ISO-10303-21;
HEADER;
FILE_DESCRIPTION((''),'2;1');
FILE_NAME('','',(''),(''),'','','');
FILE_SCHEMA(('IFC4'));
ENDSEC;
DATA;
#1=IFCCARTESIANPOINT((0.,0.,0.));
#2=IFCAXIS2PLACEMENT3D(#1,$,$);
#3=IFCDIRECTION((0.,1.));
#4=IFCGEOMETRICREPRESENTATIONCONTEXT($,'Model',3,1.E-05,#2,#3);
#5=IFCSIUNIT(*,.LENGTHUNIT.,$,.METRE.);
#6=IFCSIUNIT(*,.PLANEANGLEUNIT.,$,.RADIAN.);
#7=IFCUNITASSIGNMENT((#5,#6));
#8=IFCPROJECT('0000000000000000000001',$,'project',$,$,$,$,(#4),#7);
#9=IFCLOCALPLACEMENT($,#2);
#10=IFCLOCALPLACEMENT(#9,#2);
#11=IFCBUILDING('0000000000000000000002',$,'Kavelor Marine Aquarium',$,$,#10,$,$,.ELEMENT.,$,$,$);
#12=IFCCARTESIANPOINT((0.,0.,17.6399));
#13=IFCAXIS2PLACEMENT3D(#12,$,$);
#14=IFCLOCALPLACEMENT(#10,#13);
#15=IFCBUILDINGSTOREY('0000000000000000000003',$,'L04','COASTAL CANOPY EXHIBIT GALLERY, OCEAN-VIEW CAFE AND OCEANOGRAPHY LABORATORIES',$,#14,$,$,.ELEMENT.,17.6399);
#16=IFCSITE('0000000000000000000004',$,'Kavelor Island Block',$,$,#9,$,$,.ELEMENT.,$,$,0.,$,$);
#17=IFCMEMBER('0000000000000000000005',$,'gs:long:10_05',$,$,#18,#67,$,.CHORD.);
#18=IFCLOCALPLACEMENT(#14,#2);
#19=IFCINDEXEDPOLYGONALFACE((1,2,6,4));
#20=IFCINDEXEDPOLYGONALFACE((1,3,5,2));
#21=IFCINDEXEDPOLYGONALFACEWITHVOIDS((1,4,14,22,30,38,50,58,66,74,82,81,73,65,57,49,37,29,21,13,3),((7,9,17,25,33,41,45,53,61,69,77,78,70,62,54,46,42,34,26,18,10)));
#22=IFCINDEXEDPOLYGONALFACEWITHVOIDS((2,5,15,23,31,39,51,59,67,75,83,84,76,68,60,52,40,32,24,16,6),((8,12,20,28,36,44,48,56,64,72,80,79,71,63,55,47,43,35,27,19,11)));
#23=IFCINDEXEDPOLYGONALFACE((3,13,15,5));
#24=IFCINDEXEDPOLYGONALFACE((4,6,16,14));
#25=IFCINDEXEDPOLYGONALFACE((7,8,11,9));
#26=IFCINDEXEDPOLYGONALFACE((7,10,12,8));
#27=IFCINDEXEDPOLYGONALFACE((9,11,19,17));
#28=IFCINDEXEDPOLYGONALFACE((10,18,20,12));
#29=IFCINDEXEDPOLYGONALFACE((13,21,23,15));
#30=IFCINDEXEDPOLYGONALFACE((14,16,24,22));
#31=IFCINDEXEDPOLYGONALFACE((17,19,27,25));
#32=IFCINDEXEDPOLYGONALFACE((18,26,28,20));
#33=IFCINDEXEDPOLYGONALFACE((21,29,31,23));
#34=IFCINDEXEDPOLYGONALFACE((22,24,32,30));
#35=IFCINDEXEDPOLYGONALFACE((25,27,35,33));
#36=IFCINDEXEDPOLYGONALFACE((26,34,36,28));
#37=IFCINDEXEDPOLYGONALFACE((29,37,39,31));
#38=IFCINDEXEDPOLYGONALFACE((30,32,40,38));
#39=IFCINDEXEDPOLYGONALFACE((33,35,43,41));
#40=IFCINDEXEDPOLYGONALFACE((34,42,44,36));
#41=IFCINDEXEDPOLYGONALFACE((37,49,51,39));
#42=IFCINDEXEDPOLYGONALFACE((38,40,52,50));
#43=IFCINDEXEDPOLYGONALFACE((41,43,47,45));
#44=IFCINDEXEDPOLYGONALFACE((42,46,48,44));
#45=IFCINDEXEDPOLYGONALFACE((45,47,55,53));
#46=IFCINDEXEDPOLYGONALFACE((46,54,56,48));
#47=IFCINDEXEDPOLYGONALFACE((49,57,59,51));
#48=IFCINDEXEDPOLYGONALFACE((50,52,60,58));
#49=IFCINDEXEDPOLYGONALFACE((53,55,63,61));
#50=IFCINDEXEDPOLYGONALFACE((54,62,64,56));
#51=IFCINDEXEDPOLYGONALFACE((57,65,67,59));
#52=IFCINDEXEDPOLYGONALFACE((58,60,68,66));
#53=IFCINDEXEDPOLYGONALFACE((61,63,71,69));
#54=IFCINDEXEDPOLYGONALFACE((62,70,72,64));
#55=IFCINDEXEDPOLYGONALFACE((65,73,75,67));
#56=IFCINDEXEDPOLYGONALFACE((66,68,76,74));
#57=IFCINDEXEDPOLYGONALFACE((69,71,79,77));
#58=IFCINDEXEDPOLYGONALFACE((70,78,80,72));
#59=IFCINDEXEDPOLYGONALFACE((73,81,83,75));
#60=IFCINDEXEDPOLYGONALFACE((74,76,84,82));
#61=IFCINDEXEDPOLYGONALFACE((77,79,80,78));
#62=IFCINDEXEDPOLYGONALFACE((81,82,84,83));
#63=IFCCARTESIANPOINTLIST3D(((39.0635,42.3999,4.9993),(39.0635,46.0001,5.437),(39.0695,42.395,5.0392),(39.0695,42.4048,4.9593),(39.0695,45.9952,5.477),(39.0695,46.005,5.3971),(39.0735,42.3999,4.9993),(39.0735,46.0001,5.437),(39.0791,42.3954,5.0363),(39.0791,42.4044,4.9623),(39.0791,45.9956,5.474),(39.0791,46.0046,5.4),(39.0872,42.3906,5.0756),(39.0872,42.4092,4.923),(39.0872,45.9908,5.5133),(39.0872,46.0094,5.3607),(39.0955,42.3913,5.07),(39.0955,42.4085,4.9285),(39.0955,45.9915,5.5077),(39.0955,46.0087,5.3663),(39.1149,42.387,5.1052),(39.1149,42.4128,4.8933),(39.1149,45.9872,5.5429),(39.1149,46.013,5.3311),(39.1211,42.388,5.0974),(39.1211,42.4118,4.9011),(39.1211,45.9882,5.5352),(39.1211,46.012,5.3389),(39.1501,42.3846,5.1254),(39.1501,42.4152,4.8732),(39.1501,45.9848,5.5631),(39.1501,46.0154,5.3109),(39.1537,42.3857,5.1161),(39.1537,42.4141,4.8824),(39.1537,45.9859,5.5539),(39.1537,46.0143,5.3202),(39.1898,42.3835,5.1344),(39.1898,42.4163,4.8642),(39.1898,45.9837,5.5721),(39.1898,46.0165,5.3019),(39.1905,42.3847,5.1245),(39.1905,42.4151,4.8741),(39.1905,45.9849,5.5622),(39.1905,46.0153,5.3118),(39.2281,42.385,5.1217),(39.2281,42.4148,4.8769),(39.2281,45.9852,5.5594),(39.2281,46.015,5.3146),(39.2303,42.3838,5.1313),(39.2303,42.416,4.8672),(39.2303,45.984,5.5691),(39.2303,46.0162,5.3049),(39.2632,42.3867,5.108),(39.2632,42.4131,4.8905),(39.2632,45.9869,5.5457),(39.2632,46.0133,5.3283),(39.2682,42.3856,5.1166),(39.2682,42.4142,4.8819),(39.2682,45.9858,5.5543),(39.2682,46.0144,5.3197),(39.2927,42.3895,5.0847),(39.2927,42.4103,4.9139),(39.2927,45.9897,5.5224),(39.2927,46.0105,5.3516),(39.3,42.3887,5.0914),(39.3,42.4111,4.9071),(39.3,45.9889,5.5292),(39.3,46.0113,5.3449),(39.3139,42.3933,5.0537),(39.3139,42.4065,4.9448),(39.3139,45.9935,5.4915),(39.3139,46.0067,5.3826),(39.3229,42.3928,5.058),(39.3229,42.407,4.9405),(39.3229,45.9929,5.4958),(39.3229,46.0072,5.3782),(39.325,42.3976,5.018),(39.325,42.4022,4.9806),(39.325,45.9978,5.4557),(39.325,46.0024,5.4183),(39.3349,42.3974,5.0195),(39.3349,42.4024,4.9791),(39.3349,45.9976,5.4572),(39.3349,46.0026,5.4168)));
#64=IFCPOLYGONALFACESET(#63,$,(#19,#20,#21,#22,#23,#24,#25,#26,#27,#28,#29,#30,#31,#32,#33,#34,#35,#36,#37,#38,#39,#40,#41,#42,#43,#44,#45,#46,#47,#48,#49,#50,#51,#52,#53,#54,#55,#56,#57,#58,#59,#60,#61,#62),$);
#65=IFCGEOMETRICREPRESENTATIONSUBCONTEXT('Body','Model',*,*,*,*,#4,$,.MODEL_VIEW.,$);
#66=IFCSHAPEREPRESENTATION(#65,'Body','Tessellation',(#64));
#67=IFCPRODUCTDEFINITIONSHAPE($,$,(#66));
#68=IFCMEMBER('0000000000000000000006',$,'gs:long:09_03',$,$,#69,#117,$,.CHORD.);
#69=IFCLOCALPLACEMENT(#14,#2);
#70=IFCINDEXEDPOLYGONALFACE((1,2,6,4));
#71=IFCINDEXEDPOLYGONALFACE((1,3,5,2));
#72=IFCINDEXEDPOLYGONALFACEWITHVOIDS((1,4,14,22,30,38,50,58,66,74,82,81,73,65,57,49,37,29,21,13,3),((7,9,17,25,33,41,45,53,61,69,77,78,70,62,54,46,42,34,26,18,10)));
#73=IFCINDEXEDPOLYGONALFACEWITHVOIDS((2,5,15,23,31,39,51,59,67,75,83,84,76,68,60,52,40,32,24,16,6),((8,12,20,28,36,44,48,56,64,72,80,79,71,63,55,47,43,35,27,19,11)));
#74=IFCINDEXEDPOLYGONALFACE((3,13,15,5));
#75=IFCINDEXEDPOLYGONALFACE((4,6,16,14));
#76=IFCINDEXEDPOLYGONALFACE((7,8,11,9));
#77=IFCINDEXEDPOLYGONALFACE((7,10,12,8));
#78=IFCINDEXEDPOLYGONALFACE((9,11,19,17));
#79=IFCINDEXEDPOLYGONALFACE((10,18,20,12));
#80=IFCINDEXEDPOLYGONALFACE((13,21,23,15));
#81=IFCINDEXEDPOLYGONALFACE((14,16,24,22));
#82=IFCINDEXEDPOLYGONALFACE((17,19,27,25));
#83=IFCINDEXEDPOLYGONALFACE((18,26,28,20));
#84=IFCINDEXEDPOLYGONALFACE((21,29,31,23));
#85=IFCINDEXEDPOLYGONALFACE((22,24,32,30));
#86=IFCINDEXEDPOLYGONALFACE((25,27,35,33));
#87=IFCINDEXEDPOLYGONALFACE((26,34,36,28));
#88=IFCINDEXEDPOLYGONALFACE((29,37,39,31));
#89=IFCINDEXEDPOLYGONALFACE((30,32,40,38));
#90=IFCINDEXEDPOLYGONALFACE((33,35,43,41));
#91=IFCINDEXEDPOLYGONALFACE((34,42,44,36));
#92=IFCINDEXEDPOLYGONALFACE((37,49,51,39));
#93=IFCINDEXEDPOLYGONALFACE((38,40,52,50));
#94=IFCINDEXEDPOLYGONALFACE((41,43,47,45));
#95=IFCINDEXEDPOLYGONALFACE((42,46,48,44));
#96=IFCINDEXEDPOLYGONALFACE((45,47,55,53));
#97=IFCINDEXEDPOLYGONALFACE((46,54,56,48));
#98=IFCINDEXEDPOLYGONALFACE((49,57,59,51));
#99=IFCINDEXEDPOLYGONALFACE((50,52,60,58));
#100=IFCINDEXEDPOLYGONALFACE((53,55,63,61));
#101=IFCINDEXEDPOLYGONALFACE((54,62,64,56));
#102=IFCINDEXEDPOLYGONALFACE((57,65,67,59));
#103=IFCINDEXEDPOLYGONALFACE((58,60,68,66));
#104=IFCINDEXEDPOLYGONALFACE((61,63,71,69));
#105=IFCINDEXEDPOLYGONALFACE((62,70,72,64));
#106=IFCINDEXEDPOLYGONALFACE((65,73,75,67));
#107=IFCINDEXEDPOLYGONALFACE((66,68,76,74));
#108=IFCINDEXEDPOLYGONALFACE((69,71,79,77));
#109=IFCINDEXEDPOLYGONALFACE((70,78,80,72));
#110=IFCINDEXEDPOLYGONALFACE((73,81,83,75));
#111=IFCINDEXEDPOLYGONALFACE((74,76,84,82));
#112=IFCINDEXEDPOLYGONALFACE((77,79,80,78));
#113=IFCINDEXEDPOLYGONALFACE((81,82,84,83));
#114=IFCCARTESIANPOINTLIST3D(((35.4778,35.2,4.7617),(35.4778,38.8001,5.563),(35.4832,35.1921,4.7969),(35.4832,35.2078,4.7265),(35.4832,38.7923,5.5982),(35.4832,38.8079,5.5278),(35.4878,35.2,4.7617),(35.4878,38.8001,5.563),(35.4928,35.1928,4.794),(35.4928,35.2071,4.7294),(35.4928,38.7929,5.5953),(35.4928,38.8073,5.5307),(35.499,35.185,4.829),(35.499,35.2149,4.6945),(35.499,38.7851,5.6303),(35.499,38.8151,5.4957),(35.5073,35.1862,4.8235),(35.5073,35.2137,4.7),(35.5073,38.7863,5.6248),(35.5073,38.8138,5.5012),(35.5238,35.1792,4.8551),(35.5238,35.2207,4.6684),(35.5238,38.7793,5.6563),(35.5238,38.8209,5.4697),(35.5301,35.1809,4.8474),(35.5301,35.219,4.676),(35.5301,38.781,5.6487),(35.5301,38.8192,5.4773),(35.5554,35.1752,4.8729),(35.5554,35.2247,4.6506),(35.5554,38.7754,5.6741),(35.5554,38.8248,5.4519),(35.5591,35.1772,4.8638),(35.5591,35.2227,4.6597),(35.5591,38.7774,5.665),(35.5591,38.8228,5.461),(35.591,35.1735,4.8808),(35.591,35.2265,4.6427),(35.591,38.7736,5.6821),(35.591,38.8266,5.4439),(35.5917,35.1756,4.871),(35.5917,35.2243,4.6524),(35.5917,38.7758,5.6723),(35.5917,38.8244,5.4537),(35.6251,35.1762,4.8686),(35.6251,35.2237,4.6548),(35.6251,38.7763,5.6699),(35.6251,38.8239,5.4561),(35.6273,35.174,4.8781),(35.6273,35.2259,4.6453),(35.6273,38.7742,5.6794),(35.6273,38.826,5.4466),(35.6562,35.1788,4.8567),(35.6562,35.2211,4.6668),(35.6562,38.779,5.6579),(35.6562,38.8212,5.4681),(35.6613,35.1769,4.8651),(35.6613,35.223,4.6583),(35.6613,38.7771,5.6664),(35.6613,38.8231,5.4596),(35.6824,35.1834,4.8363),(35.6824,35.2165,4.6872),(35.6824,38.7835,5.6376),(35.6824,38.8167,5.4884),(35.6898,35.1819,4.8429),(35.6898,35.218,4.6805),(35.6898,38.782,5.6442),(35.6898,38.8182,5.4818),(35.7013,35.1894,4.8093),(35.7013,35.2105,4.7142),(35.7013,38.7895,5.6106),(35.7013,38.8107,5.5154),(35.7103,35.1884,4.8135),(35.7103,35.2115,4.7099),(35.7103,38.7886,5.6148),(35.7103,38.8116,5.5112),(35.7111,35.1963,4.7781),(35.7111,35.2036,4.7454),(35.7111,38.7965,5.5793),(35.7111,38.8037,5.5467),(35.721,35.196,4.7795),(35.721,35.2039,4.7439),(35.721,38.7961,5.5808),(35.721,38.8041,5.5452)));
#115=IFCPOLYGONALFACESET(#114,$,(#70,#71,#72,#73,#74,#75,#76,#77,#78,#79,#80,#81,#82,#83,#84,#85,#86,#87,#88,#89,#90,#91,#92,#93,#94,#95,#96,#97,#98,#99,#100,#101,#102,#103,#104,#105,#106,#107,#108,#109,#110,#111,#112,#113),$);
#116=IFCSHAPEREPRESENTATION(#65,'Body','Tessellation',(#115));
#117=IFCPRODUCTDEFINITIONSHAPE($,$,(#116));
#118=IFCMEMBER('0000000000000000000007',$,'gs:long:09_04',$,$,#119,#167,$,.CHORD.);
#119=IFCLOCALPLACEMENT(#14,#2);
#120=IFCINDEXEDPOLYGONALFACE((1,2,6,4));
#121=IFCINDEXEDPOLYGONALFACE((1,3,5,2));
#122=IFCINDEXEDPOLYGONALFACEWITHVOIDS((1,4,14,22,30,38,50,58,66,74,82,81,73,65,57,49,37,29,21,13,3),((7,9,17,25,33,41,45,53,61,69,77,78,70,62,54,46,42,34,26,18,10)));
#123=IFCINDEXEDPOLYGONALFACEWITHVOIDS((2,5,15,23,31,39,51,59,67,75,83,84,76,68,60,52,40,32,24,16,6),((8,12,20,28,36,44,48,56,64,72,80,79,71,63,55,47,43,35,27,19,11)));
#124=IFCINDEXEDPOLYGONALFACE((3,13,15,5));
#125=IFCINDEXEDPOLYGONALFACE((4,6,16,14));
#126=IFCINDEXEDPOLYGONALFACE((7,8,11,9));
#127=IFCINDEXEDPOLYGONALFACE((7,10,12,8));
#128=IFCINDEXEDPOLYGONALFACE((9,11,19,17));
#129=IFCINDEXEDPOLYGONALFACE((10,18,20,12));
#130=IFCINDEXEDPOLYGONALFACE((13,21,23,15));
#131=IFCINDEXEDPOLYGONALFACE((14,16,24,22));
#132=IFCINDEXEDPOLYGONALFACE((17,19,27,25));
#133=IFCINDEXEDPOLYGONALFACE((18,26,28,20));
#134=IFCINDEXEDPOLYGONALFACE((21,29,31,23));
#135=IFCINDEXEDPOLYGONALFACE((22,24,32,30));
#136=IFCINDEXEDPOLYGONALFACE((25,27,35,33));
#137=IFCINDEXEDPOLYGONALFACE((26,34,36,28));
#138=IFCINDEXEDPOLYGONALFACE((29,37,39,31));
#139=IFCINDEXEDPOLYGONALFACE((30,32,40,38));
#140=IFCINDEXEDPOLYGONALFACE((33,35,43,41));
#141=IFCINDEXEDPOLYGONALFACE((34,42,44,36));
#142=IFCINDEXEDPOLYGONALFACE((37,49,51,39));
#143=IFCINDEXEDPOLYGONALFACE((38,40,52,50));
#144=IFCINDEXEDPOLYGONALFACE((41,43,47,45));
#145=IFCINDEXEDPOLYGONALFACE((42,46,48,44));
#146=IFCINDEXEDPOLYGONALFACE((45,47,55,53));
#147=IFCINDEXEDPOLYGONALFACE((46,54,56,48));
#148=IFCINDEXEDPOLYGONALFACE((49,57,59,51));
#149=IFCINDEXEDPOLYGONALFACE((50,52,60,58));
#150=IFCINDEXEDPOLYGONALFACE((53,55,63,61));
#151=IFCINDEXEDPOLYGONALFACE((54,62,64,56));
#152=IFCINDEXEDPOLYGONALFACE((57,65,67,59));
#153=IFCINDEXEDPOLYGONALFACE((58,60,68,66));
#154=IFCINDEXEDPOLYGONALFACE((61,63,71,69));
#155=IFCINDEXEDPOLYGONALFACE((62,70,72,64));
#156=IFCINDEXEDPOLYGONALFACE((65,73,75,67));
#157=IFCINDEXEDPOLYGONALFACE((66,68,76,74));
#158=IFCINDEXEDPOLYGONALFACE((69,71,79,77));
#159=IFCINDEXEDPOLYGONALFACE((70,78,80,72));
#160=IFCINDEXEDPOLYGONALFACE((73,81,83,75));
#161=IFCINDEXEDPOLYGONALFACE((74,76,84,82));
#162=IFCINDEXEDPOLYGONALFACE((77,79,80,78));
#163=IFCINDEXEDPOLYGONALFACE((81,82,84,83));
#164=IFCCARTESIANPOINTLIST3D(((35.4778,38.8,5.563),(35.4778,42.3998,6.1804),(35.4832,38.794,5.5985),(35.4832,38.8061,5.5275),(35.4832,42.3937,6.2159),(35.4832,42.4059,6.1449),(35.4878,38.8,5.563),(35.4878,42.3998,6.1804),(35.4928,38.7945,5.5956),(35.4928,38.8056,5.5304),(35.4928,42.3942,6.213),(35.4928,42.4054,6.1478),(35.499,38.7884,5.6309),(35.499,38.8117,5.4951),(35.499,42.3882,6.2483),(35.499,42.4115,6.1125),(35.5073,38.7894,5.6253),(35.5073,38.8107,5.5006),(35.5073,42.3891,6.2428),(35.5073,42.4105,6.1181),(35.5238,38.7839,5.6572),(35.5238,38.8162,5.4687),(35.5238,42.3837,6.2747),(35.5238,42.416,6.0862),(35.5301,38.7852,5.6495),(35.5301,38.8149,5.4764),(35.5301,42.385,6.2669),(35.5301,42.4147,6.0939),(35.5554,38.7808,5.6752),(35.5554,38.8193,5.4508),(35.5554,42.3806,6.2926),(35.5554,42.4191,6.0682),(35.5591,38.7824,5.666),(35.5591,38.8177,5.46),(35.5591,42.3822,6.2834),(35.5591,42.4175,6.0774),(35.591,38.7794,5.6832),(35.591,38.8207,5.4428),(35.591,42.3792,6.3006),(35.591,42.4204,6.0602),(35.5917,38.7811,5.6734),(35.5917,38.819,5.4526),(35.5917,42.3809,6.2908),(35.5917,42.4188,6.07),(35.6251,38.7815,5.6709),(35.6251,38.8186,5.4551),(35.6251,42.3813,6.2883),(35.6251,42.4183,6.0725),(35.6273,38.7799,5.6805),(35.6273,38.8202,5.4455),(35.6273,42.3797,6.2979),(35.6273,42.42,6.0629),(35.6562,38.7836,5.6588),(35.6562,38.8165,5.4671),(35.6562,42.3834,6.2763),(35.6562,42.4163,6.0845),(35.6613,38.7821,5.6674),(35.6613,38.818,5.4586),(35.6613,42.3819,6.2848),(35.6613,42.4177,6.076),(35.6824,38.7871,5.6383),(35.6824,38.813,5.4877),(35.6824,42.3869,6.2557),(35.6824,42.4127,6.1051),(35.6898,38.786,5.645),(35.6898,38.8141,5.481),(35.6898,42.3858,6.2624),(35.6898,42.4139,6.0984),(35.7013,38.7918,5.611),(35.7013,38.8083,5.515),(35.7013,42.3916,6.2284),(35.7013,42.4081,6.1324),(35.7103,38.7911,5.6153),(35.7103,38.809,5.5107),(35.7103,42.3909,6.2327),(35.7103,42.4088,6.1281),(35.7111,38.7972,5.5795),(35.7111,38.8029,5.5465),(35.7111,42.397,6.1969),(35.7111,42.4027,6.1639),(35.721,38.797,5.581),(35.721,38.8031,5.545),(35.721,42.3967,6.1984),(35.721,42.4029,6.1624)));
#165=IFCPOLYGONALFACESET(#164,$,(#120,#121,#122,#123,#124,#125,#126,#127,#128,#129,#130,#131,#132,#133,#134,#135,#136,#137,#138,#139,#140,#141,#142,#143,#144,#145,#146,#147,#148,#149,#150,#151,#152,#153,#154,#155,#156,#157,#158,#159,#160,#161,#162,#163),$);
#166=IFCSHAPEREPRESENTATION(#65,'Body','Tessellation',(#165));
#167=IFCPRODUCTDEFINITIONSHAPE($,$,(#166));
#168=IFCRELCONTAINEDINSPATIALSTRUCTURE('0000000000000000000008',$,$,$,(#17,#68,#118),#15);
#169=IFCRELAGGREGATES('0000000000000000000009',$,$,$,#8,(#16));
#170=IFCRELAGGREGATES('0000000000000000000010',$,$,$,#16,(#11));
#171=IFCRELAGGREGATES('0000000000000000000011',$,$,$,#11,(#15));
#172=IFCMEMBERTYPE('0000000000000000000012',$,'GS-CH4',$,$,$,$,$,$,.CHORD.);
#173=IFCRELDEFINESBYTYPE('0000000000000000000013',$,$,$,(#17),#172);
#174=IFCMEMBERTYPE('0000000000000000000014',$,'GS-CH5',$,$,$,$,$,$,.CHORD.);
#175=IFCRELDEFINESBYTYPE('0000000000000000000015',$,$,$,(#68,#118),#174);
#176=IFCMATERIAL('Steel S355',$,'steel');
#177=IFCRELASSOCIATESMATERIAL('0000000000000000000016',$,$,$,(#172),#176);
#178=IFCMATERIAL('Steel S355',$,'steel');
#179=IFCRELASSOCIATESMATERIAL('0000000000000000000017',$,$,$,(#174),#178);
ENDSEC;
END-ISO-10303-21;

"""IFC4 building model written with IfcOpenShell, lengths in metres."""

from ifc_helpers import new_model, si_unit, direction, frame, origin, origin_2d, place, context, subcontext, project, spatial, hollow_circle, extrude, material, material_profile, profile_set, type_object, element, save


model = new_model("IFC4")

# Units and contexts
model_context = context("Model", 3, precision=1e-05, world=origin(), true_north=direction((0.0, 1.0)))
body_context = subcontext(model_context, "Body", "Model", "MODEL_VIEW")
ifc_project = project(units=[si_unit("LENGTHUNIT", "METRE"), si_unit("PLANEANGLEUNIT", "RADIAN")], contexts=[model_context])

# Site, building, storey
site_placement = place(None, origin())
site = spatial("IfcSite", under=ifc_project, at=site_placement, Name="Kavelor Island Block", CompositionType="ELEMENT", RefElevation=0.0)
building_placement = place(site_placement, origin())
building = spatial("IfcBuilding", under=site, at=building_placement, Name="Kavelor Marine Aquarium", CompositionType="ELEMENT")
storey_placement = place(building_placement, frame((0.0, 0.0, 17.6399)))
storey = spatial("IfcBuildingStorey", under=building, at=storey_placement, Name="L04", Description="COASTAL CANOPY EXHIBIT GALLERY, OCEAN-VIEW CAFE AND OCEANOGRAPHY LABORATORIES", CompositionType="ELEMENT", Elevation=17.6399)

# Members
ifc_material_1 = material(Name="Steel S355", Category="steel")
ifc_material_profile_1 = material_profile(ifc_material_1, hollow_circle(Radius=0.1365, WallThickness=0.01, at=origin_2d()), Name="CHS 273.0x10.0")
ifc_profile_set_1 = profile_set([ifc_material_profile_1], Name="Steel S355")
member_type_1 = type_object("IfcMemberType", Name="GS-CH4", PredefinedType="CHORD", material=ifc_profile_set_1)
member_1_placement = place(storey_placement, frame((39.2, 42.3999, 4.9993), z_axis=(0.0, 0.992689, 0.120703), x_axis=(-1.0, 0.0, 0.0)))
element("IfcMember", 1, at=member_1_placement, inside=storey, type_object=member_type_1, Name="gs:long:10_05", PredefinedType="CHORD", context=body_context, shape_type="SweptSolid", body=[
    extrude(hollow_circle(Radius=0.1365, WallThickness=0.01, at=origin_2d()), origin(), (0.0, 0.0, 1.0), 3.6267),
])
ifc_material_2 = material(Name="Steel S355", Category="steel")
ifc_material_profile_2 = material_profile(ifc_material_2, hollow_circle(Radius=0.1223, WallThickness=0.01, at=origin_2d()), Name="CHS 244.5x10.0")
ifc_profile_set_2 = profile_set([ifc_material_profile_2], Name="Steel S355")
member_type_2 = type_object("IfcMemberType", Name="GS-CH5", PredefinedType="CHORD", material=ifc_profile_set_2)
member_2_placement = place(storey_placement, frame((35.6001, 35.2, 4.7617), z_axis=(0.0, 0.976115, 0.217253), x_axis=(-1.0, 0.0, 0.0)))
element("IfcMember", 2, at=member_2_placement, inside=storey, type_object=member_type_2, Name="gs:long:09_03", PredefinedType="CHORD", context=body_context, shape_type="SweptSolid", body=[
    extrude(hollow_circle(Radius=0.1223, WallThickness=0.01, at=origin_2d()), origin(), (0.0, 0.0, 1.0), 3.6882),
])
member_3_placement = place(storey_placement, frame((35.6001, 38.8, 5.563), z_axis=(0.0, 0.985608, 0.169047), x_axis=(-1.0, 0.0, 0.0)))
element("IfcMember", 3, at=member_3_placement, inside=storey, type_object=member_type_2, Name="gs:long:09_04", PredefinedType="CHORD", context=body_context, shape_type="SweptSolid", body=[
    extrude(hollow_circle(Radius=0.1223, WallThickness=0.01, at=origin_2d()), origin(), (0.0, 0.0, 1.0), 3.6523),
])

save(model, "model.ifc")
